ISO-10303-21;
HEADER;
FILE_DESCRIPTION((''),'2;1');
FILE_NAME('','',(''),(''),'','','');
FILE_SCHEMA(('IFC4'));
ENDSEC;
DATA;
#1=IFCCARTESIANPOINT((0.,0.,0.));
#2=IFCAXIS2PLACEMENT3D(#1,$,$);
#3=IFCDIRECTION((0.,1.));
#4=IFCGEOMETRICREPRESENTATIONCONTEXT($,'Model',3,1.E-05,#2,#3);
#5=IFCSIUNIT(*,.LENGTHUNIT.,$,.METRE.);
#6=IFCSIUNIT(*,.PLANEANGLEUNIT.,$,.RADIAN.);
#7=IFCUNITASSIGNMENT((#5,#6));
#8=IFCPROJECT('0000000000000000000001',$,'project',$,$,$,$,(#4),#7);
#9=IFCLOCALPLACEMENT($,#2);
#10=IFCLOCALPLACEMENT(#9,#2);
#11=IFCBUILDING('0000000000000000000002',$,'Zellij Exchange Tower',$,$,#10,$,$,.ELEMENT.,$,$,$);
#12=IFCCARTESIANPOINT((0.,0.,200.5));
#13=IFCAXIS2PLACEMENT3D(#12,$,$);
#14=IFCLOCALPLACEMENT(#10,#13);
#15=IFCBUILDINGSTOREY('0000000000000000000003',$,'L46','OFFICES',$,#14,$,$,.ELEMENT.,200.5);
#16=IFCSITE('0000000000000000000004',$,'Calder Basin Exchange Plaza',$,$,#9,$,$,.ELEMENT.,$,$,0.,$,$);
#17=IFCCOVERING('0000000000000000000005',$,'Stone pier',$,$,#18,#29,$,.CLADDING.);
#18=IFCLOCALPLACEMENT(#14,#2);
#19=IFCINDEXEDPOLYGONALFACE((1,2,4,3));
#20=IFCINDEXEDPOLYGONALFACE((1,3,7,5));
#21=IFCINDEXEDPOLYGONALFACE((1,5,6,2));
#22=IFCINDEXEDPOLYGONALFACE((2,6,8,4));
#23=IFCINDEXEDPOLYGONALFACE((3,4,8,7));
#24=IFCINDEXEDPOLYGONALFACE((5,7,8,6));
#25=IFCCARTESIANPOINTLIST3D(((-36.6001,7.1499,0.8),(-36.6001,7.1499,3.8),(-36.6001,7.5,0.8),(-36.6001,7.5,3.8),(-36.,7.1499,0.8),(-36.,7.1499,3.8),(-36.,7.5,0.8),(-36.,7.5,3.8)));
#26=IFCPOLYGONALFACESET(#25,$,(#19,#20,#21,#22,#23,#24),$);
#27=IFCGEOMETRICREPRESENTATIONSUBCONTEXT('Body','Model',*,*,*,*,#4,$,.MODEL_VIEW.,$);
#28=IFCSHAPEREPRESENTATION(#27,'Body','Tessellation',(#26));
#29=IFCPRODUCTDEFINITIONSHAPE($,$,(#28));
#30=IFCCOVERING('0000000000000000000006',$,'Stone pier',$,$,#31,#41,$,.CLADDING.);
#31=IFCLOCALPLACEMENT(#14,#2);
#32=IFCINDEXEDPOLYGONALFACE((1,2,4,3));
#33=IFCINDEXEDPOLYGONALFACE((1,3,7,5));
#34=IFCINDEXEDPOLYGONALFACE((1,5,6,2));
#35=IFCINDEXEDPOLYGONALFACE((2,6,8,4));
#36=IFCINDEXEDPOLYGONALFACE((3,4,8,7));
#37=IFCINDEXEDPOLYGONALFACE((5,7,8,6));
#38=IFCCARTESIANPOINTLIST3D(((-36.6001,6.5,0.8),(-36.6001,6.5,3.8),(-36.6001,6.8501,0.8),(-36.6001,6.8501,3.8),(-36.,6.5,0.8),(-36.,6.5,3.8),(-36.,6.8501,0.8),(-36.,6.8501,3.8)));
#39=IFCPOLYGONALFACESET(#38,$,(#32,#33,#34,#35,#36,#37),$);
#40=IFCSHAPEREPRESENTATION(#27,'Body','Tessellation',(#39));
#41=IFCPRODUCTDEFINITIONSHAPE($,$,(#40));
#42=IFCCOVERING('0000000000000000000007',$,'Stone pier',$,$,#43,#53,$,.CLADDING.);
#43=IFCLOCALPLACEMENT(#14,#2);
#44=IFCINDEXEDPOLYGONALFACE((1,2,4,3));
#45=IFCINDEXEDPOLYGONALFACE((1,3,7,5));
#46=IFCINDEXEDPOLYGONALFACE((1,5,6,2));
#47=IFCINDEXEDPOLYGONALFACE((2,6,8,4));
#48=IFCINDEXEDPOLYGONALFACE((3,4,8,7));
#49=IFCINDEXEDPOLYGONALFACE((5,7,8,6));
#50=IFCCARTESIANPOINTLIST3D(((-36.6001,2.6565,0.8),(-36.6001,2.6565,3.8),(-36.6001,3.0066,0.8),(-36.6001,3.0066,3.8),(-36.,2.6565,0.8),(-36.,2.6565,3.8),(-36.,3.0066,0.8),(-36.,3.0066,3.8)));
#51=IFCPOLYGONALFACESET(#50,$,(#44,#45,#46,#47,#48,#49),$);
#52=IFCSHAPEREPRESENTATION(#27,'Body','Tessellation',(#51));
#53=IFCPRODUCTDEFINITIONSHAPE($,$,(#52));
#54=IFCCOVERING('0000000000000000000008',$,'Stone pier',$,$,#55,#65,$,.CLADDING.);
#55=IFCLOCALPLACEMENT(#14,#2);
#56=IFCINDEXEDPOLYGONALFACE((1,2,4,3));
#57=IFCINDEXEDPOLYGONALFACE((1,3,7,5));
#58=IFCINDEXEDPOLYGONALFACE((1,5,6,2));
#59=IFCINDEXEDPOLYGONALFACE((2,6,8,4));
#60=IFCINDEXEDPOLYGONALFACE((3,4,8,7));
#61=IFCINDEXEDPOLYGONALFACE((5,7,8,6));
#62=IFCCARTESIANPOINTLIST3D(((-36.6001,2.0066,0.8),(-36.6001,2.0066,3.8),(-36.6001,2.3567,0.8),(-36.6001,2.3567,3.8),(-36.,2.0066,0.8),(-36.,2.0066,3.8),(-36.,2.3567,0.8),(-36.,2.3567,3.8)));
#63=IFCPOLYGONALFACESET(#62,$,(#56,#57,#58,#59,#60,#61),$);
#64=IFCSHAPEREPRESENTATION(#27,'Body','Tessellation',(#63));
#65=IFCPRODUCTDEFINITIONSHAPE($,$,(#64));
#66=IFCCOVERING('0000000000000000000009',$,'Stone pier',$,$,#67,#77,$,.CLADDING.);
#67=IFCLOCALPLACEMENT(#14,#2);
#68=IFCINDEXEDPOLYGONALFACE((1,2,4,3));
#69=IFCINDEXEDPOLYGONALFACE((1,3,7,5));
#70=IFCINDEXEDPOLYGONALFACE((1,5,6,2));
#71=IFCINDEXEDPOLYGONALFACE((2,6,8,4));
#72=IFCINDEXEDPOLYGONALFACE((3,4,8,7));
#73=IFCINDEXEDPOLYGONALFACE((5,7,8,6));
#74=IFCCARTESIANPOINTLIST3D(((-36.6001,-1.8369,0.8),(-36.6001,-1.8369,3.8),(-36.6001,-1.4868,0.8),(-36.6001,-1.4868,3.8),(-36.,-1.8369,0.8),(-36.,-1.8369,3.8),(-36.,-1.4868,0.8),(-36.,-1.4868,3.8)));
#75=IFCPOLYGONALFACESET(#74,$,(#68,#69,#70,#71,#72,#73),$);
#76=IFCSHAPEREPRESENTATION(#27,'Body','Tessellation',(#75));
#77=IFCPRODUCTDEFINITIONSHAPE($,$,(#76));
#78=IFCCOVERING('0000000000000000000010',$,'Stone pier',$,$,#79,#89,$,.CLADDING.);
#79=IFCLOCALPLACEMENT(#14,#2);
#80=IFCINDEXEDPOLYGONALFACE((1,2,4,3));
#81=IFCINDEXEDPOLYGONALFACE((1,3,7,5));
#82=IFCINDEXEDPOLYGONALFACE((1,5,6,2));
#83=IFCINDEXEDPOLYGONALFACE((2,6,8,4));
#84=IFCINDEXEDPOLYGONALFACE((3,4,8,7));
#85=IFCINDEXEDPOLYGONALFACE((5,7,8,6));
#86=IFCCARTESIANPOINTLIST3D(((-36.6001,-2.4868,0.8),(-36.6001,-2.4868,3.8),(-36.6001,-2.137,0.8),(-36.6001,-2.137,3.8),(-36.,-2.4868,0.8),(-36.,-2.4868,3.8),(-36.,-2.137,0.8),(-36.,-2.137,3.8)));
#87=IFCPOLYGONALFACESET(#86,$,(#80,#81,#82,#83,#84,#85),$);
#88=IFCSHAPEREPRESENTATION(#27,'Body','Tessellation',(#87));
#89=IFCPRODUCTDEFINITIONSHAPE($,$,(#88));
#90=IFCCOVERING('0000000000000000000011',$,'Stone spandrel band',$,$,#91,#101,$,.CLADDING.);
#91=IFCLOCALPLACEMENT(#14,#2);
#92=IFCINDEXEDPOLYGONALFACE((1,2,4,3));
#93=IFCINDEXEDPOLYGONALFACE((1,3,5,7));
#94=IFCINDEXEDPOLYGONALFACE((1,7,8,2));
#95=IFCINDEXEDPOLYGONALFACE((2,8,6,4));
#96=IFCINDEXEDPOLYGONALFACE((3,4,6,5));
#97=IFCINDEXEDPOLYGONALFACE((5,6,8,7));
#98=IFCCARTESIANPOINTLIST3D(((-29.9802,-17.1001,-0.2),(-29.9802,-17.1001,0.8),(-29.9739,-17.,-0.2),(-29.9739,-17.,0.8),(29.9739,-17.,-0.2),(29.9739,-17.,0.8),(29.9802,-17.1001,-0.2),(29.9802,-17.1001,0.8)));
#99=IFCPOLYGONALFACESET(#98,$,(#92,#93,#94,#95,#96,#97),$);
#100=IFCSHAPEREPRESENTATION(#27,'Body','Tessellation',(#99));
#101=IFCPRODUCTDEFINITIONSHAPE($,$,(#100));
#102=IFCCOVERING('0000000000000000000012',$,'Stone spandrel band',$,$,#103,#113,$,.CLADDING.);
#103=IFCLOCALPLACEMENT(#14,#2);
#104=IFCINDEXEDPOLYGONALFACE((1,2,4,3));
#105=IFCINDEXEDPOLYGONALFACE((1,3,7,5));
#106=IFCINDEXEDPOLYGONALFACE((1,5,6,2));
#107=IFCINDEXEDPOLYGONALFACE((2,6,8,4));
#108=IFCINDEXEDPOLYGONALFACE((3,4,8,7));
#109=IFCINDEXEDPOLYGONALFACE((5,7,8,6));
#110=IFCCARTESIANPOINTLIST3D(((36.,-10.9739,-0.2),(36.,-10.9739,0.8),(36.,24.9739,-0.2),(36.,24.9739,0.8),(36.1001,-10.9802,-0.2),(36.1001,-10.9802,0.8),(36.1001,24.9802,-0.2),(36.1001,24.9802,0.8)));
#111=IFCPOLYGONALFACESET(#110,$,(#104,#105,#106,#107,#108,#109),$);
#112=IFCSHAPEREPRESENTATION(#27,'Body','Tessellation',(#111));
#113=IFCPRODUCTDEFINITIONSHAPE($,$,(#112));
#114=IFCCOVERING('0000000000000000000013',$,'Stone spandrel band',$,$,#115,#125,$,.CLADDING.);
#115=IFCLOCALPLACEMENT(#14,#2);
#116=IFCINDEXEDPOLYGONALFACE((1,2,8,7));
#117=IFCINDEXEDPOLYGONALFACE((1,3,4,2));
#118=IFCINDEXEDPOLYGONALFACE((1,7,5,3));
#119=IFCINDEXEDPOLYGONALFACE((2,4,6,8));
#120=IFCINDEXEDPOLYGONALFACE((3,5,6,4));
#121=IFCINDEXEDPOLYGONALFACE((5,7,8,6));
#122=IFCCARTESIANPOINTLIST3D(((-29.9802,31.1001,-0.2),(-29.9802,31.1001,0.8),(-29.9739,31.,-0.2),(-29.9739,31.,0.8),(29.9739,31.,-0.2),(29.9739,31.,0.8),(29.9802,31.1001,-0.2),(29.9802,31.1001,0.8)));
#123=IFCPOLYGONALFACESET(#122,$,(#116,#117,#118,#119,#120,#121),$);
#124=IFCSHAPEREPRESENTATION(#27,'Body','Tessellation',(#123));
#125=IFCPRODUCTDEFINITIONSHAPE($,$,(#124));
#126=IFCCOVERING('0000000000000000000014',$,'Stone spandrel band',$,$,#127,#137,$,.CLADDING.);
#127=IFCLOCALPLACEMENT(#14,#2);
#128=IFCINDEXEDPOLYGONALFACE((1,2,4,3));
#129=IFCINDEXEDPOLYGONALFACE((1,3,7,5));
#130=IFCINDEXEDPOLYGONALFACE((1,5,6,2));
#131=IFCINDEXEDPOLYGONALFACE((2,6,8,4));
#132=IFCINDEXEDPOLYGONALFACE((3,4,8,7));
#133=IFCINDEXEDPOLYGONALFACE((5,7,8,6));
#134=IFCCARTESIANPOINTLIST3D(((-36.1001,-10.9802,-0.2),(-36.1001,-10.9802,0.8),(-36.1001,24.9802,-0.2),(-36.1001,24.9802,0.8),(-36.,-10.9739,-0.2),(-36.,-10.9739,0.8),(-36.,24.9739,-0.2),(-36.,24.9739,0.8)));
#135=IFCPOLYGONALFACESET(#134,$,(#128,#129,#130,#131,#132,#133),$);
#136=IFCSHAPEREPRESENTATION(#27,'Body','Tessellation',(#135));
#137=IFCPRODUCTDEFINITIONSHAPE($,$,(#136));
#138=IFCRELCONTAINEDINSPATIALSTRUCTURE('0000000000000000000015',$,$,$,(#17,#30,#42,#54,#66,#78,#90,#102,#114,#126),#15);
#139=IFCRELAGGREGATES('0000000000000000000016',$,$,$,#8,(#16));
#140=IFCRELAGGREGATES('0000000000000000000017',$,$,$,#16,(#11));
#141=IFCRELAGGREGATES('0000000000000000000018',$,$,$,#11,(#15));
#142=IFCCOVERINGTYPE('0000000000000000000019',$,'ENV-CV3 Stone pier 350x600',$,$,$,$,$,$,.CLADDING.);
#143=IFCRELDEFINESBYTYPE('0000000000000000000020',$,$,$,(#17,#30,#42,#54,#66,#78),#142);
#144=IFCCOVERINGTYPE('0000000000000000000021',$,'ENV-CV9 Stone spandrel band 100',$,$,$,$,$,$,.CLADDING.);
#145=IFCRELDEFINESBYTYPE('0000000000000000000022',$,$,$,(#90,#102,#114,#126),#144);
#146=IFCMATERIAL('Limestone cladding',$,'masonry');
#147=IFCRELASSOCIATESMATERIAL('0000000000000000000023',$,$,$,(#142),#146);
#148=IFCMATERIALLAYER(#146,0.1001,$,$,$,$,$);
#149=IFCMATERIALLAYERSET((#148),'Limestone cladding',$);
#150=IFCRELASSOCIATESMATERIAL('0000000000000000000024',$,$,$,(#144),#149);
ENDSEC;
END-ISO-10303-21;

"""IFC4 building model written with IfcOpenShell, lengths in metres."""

from ifc_helpers import new_model, si_unit, direction, frame, origin, place, context, subcontext, project, spatial, polyline, outline, extrude, material, layer, layer_set, type_object, element, save


model = new_model("IFC4")

# Units and contexts
model_context = context("Model", 3, precision=1e-05, world=origin(), true_north=direction((0.0, 1.0)))
body_context = subcontext(model_context, "Body", "Model", "MODEL_VIEW")
ifc_project = project(units=[si_unit("LENGTHUNIT", "METRE"), si_unit("PLANEANGLEUNIT", "RADIAN")], contexts=[model_context])

# Site, building, storey
site_placement = place(None, origin())
site = spatial("IfcSite", under=ifc_project, at=site_placement, Name="Calder Basin Exchange Plaza", CompositionType="ELEMENT", RefElevation=0.0)
building_placement = place(site_placement, origin())
building = spatial("IfcBuilding", under=site, at=building_placement, Name="Zellij Exchange Tower", CompositionType="ELEMENT")
storey_placement = place(building_placement, frame((0.0, 0.0, 200.5)))
storey = spatial("IfcBuildingStorey", under=building, at=storey_placement, Name="L46", Description="OFFICES", CompositionType="ELEMENT", Elevation=200.5)

# Coverings
ifc_material_1 = material(Name="Limestone cladding", Category="masonry")
covering_type_1 = type_object("IfcCoveringType", Name="ENV-CV3 Stone pier 350x600", PredefinedType="CLADDING", material=ifc_material_1)
covering_1_placement = place(storey_placement, frame((0.0, 0.0, 0.8)))
element("IfcCovering", 1, at=covering_1_placement, inside=storey, type_object=covering_type_1, Name="Stone pier", PredefinedType="CLADDING", context=body_context, shape_type="SweptSolid", body=[
    extrude(outline(polyline([(-36.0, 7.5), (-36.0, 7.1499), (-36.6001, 7.1499), (-36.6001, 7.5), (-36.0, 7.5)])), origin(), (0.0, 0.0, 1.0), 3.0),
])
covering_2_placement = place(storey_placement, frame((0.0, 0.0, 0.8)))
element("IfcCovering", 2, at=covering_2_placement, inside=storey, type_object=covering_type_1, Name="Stone pier", PredefinedType="CLADDING", context=body_context, shape_type="SweptSolid", body=[
    extrude(outline(polyline([(-36.0, 6.8501), (-36.0, 6.5), (-36.6001, 6.5), (-36.6001, 6.8501), (-36.0, 6.8501)])), origin(), (0.0, 0.0, 1.0), 3.0),
])
covering_3_placement = place(storey_placement, frame((0.0, 0.0, 0.8)))
element("IfcCovering", 3, at=covering_3_placement, inside=storey, type_object=covering_type_1, Name="Stone pier", PredefinedType="CLADDING", context=body_context, shape_type="SweptSolid", body=[
    extrude(outline(polyline([(-36.0, 3.0066), (-36.0, 2.6565), (-36.6001, 2.6565), (-36.6001, 3.0066), (-36.0, 3.0066)])), origin(), (0.0, 0.0, 1.0), 3.0),
])
covering_4_placement = place(storey_placement, frame((0.0, 0.0, 0.8)))
element("IfcCovering", 4, at=covering_4_placement, inside=storey, type_object=covering_type_1, Name="Stone pier", PredefinedType="CLADDING", context=body_context, shape_type="SweptSolid", body=[
    extrude(outline(polyline([(-36.0, 2.3567), (-36.0, 2.0066), (-36.6001, 2.0066), (-36.6001, 2.3567), (-36.0, 2.3567)])), origin(), (0.0, 0.0, 1.0), 3.0),
])
covering_5_placement = place(storey_placement, frame((0.0, 0.0, 0.8)))
element("IfcCovering", 5, at=covering_5_placement, inside=storey, type_object=covering_type_1, Name="Stone pier", PredefinedType="CLADDING", context=body_context, shape_type="SweptSolid", body=[
    extrude(outline(polyline([(-36.0, -1.4868), (-36.0, -1.8369), (-36.6001, -1.8369), (-36.6001, -1.4868), (-36.0, -1.4868)])), origin(), (0.0, 0.0, 1.0), 3.0),
])
covering_6_placement = place(storey_placement, frame((0.0, 0.0, 0.8)))
element("IfcCovering", 6, at=covering_6_placement, inside=storey, type_object=covering_type_1, Name="Stone pier", PredefinedType="CLADDING", context=body_context, shape_type="SweptSolid", body=[
    extrude(outline(polyline([(-36.0, -2.137), (-36.0, -2.4868), (-36.6001, -2.4868), (-36.6001, -2.137), (-36.0, -2.137)])), origin(), (0.0, 0.0, 1.0), 3.0),
])
ifc_layer_1 = layer(ifc_material_1, 0.1001)
ifc_layer_set_1 = layer_set([ifc_layer_1], Name="Limestone cladding")
covering_type_2 = type_object("IfcCoveringType", Name="ENV-CV9 Stone spandrel band 100", PredefinedType="CLADDING", material=ifc_layer_set_1)
covering_7_placement = place(storey_placement, frame((0.0, 0.0, -0.2)))
element("IfcCovering", 7, at=covering_7_placement, inside=storey, type_object=covering_type_2, Name="Stone spandrel band", PredefinedType="CLADDING", context=body_context, shape_type="SweptSolid", body=[
    extrude(outline(polyline([(-29.9739, -17.0), (29.9739, -17.0), (29.9802, -17.1001), (-29.9802, -17.1001), (-29.9739, -17.0)])), origin(), (0.0, 0.0, 1.0), 1.0),
])
covering_8_placement = place(storey_placement, frame((0.0, 0.0, -0.2)))
element("IfcCovering", 8, at=covering_8_placement, inside=storey, type_object=covering_type_2, Name="Stone spandrel band", PredefinedType="CLADDING", context=body_context, shape_type="SweptSolid", body=[
    extrude(outline(polyline([(36.0, -10.9739), (36.0, 24.9739), (36.1001, 24.9802), (36.1001, -10.9802), (36.0, -10.9739)])), origin(), (0.0, 0.0, 1.0), 1.0),
])
covering_9_placement = place(storey_placement, frame((0.0, 0.0, -0.2)))
element("IfcCovering", 9, at=covering_9_placement, inside=storey, type_object=covering_type_2, Name="Stone spandrel band", PredefinedType="CLADDING", context=body_context, shape_type="SweptSolid", body=[
    extrude(outline(polyline([(29.9739, 31.0), (-29.9739, 31.0), (-29.9802, 31.1001), (29.9802, 31.1001), (29.9739, 31.0)])), origin(), (0.0, 0.0, 1.0), 1.0),
])
covering_10_placement = place(storey_placement, frame((0.0, 0.0, -0.2)))
element("IfcCovering", 10, at=covering_10_placement, inside=storey, type_object=covering_type_2, Name="Stone spandrel band", PredefinedType="CLADDING", context=body_context, shape_type="SweptSolid", body=[
    extrude(outline(polyline([(-36.0, 24.9739), (-36.0, -10.9739), (-36.1001, -10.9802), (-36.1001, 24.9802), (-36.0, 24.9739)])), origin(), (0.0, 0.0, 1.0), 1.0),
])

save(model, "model.ifc")
